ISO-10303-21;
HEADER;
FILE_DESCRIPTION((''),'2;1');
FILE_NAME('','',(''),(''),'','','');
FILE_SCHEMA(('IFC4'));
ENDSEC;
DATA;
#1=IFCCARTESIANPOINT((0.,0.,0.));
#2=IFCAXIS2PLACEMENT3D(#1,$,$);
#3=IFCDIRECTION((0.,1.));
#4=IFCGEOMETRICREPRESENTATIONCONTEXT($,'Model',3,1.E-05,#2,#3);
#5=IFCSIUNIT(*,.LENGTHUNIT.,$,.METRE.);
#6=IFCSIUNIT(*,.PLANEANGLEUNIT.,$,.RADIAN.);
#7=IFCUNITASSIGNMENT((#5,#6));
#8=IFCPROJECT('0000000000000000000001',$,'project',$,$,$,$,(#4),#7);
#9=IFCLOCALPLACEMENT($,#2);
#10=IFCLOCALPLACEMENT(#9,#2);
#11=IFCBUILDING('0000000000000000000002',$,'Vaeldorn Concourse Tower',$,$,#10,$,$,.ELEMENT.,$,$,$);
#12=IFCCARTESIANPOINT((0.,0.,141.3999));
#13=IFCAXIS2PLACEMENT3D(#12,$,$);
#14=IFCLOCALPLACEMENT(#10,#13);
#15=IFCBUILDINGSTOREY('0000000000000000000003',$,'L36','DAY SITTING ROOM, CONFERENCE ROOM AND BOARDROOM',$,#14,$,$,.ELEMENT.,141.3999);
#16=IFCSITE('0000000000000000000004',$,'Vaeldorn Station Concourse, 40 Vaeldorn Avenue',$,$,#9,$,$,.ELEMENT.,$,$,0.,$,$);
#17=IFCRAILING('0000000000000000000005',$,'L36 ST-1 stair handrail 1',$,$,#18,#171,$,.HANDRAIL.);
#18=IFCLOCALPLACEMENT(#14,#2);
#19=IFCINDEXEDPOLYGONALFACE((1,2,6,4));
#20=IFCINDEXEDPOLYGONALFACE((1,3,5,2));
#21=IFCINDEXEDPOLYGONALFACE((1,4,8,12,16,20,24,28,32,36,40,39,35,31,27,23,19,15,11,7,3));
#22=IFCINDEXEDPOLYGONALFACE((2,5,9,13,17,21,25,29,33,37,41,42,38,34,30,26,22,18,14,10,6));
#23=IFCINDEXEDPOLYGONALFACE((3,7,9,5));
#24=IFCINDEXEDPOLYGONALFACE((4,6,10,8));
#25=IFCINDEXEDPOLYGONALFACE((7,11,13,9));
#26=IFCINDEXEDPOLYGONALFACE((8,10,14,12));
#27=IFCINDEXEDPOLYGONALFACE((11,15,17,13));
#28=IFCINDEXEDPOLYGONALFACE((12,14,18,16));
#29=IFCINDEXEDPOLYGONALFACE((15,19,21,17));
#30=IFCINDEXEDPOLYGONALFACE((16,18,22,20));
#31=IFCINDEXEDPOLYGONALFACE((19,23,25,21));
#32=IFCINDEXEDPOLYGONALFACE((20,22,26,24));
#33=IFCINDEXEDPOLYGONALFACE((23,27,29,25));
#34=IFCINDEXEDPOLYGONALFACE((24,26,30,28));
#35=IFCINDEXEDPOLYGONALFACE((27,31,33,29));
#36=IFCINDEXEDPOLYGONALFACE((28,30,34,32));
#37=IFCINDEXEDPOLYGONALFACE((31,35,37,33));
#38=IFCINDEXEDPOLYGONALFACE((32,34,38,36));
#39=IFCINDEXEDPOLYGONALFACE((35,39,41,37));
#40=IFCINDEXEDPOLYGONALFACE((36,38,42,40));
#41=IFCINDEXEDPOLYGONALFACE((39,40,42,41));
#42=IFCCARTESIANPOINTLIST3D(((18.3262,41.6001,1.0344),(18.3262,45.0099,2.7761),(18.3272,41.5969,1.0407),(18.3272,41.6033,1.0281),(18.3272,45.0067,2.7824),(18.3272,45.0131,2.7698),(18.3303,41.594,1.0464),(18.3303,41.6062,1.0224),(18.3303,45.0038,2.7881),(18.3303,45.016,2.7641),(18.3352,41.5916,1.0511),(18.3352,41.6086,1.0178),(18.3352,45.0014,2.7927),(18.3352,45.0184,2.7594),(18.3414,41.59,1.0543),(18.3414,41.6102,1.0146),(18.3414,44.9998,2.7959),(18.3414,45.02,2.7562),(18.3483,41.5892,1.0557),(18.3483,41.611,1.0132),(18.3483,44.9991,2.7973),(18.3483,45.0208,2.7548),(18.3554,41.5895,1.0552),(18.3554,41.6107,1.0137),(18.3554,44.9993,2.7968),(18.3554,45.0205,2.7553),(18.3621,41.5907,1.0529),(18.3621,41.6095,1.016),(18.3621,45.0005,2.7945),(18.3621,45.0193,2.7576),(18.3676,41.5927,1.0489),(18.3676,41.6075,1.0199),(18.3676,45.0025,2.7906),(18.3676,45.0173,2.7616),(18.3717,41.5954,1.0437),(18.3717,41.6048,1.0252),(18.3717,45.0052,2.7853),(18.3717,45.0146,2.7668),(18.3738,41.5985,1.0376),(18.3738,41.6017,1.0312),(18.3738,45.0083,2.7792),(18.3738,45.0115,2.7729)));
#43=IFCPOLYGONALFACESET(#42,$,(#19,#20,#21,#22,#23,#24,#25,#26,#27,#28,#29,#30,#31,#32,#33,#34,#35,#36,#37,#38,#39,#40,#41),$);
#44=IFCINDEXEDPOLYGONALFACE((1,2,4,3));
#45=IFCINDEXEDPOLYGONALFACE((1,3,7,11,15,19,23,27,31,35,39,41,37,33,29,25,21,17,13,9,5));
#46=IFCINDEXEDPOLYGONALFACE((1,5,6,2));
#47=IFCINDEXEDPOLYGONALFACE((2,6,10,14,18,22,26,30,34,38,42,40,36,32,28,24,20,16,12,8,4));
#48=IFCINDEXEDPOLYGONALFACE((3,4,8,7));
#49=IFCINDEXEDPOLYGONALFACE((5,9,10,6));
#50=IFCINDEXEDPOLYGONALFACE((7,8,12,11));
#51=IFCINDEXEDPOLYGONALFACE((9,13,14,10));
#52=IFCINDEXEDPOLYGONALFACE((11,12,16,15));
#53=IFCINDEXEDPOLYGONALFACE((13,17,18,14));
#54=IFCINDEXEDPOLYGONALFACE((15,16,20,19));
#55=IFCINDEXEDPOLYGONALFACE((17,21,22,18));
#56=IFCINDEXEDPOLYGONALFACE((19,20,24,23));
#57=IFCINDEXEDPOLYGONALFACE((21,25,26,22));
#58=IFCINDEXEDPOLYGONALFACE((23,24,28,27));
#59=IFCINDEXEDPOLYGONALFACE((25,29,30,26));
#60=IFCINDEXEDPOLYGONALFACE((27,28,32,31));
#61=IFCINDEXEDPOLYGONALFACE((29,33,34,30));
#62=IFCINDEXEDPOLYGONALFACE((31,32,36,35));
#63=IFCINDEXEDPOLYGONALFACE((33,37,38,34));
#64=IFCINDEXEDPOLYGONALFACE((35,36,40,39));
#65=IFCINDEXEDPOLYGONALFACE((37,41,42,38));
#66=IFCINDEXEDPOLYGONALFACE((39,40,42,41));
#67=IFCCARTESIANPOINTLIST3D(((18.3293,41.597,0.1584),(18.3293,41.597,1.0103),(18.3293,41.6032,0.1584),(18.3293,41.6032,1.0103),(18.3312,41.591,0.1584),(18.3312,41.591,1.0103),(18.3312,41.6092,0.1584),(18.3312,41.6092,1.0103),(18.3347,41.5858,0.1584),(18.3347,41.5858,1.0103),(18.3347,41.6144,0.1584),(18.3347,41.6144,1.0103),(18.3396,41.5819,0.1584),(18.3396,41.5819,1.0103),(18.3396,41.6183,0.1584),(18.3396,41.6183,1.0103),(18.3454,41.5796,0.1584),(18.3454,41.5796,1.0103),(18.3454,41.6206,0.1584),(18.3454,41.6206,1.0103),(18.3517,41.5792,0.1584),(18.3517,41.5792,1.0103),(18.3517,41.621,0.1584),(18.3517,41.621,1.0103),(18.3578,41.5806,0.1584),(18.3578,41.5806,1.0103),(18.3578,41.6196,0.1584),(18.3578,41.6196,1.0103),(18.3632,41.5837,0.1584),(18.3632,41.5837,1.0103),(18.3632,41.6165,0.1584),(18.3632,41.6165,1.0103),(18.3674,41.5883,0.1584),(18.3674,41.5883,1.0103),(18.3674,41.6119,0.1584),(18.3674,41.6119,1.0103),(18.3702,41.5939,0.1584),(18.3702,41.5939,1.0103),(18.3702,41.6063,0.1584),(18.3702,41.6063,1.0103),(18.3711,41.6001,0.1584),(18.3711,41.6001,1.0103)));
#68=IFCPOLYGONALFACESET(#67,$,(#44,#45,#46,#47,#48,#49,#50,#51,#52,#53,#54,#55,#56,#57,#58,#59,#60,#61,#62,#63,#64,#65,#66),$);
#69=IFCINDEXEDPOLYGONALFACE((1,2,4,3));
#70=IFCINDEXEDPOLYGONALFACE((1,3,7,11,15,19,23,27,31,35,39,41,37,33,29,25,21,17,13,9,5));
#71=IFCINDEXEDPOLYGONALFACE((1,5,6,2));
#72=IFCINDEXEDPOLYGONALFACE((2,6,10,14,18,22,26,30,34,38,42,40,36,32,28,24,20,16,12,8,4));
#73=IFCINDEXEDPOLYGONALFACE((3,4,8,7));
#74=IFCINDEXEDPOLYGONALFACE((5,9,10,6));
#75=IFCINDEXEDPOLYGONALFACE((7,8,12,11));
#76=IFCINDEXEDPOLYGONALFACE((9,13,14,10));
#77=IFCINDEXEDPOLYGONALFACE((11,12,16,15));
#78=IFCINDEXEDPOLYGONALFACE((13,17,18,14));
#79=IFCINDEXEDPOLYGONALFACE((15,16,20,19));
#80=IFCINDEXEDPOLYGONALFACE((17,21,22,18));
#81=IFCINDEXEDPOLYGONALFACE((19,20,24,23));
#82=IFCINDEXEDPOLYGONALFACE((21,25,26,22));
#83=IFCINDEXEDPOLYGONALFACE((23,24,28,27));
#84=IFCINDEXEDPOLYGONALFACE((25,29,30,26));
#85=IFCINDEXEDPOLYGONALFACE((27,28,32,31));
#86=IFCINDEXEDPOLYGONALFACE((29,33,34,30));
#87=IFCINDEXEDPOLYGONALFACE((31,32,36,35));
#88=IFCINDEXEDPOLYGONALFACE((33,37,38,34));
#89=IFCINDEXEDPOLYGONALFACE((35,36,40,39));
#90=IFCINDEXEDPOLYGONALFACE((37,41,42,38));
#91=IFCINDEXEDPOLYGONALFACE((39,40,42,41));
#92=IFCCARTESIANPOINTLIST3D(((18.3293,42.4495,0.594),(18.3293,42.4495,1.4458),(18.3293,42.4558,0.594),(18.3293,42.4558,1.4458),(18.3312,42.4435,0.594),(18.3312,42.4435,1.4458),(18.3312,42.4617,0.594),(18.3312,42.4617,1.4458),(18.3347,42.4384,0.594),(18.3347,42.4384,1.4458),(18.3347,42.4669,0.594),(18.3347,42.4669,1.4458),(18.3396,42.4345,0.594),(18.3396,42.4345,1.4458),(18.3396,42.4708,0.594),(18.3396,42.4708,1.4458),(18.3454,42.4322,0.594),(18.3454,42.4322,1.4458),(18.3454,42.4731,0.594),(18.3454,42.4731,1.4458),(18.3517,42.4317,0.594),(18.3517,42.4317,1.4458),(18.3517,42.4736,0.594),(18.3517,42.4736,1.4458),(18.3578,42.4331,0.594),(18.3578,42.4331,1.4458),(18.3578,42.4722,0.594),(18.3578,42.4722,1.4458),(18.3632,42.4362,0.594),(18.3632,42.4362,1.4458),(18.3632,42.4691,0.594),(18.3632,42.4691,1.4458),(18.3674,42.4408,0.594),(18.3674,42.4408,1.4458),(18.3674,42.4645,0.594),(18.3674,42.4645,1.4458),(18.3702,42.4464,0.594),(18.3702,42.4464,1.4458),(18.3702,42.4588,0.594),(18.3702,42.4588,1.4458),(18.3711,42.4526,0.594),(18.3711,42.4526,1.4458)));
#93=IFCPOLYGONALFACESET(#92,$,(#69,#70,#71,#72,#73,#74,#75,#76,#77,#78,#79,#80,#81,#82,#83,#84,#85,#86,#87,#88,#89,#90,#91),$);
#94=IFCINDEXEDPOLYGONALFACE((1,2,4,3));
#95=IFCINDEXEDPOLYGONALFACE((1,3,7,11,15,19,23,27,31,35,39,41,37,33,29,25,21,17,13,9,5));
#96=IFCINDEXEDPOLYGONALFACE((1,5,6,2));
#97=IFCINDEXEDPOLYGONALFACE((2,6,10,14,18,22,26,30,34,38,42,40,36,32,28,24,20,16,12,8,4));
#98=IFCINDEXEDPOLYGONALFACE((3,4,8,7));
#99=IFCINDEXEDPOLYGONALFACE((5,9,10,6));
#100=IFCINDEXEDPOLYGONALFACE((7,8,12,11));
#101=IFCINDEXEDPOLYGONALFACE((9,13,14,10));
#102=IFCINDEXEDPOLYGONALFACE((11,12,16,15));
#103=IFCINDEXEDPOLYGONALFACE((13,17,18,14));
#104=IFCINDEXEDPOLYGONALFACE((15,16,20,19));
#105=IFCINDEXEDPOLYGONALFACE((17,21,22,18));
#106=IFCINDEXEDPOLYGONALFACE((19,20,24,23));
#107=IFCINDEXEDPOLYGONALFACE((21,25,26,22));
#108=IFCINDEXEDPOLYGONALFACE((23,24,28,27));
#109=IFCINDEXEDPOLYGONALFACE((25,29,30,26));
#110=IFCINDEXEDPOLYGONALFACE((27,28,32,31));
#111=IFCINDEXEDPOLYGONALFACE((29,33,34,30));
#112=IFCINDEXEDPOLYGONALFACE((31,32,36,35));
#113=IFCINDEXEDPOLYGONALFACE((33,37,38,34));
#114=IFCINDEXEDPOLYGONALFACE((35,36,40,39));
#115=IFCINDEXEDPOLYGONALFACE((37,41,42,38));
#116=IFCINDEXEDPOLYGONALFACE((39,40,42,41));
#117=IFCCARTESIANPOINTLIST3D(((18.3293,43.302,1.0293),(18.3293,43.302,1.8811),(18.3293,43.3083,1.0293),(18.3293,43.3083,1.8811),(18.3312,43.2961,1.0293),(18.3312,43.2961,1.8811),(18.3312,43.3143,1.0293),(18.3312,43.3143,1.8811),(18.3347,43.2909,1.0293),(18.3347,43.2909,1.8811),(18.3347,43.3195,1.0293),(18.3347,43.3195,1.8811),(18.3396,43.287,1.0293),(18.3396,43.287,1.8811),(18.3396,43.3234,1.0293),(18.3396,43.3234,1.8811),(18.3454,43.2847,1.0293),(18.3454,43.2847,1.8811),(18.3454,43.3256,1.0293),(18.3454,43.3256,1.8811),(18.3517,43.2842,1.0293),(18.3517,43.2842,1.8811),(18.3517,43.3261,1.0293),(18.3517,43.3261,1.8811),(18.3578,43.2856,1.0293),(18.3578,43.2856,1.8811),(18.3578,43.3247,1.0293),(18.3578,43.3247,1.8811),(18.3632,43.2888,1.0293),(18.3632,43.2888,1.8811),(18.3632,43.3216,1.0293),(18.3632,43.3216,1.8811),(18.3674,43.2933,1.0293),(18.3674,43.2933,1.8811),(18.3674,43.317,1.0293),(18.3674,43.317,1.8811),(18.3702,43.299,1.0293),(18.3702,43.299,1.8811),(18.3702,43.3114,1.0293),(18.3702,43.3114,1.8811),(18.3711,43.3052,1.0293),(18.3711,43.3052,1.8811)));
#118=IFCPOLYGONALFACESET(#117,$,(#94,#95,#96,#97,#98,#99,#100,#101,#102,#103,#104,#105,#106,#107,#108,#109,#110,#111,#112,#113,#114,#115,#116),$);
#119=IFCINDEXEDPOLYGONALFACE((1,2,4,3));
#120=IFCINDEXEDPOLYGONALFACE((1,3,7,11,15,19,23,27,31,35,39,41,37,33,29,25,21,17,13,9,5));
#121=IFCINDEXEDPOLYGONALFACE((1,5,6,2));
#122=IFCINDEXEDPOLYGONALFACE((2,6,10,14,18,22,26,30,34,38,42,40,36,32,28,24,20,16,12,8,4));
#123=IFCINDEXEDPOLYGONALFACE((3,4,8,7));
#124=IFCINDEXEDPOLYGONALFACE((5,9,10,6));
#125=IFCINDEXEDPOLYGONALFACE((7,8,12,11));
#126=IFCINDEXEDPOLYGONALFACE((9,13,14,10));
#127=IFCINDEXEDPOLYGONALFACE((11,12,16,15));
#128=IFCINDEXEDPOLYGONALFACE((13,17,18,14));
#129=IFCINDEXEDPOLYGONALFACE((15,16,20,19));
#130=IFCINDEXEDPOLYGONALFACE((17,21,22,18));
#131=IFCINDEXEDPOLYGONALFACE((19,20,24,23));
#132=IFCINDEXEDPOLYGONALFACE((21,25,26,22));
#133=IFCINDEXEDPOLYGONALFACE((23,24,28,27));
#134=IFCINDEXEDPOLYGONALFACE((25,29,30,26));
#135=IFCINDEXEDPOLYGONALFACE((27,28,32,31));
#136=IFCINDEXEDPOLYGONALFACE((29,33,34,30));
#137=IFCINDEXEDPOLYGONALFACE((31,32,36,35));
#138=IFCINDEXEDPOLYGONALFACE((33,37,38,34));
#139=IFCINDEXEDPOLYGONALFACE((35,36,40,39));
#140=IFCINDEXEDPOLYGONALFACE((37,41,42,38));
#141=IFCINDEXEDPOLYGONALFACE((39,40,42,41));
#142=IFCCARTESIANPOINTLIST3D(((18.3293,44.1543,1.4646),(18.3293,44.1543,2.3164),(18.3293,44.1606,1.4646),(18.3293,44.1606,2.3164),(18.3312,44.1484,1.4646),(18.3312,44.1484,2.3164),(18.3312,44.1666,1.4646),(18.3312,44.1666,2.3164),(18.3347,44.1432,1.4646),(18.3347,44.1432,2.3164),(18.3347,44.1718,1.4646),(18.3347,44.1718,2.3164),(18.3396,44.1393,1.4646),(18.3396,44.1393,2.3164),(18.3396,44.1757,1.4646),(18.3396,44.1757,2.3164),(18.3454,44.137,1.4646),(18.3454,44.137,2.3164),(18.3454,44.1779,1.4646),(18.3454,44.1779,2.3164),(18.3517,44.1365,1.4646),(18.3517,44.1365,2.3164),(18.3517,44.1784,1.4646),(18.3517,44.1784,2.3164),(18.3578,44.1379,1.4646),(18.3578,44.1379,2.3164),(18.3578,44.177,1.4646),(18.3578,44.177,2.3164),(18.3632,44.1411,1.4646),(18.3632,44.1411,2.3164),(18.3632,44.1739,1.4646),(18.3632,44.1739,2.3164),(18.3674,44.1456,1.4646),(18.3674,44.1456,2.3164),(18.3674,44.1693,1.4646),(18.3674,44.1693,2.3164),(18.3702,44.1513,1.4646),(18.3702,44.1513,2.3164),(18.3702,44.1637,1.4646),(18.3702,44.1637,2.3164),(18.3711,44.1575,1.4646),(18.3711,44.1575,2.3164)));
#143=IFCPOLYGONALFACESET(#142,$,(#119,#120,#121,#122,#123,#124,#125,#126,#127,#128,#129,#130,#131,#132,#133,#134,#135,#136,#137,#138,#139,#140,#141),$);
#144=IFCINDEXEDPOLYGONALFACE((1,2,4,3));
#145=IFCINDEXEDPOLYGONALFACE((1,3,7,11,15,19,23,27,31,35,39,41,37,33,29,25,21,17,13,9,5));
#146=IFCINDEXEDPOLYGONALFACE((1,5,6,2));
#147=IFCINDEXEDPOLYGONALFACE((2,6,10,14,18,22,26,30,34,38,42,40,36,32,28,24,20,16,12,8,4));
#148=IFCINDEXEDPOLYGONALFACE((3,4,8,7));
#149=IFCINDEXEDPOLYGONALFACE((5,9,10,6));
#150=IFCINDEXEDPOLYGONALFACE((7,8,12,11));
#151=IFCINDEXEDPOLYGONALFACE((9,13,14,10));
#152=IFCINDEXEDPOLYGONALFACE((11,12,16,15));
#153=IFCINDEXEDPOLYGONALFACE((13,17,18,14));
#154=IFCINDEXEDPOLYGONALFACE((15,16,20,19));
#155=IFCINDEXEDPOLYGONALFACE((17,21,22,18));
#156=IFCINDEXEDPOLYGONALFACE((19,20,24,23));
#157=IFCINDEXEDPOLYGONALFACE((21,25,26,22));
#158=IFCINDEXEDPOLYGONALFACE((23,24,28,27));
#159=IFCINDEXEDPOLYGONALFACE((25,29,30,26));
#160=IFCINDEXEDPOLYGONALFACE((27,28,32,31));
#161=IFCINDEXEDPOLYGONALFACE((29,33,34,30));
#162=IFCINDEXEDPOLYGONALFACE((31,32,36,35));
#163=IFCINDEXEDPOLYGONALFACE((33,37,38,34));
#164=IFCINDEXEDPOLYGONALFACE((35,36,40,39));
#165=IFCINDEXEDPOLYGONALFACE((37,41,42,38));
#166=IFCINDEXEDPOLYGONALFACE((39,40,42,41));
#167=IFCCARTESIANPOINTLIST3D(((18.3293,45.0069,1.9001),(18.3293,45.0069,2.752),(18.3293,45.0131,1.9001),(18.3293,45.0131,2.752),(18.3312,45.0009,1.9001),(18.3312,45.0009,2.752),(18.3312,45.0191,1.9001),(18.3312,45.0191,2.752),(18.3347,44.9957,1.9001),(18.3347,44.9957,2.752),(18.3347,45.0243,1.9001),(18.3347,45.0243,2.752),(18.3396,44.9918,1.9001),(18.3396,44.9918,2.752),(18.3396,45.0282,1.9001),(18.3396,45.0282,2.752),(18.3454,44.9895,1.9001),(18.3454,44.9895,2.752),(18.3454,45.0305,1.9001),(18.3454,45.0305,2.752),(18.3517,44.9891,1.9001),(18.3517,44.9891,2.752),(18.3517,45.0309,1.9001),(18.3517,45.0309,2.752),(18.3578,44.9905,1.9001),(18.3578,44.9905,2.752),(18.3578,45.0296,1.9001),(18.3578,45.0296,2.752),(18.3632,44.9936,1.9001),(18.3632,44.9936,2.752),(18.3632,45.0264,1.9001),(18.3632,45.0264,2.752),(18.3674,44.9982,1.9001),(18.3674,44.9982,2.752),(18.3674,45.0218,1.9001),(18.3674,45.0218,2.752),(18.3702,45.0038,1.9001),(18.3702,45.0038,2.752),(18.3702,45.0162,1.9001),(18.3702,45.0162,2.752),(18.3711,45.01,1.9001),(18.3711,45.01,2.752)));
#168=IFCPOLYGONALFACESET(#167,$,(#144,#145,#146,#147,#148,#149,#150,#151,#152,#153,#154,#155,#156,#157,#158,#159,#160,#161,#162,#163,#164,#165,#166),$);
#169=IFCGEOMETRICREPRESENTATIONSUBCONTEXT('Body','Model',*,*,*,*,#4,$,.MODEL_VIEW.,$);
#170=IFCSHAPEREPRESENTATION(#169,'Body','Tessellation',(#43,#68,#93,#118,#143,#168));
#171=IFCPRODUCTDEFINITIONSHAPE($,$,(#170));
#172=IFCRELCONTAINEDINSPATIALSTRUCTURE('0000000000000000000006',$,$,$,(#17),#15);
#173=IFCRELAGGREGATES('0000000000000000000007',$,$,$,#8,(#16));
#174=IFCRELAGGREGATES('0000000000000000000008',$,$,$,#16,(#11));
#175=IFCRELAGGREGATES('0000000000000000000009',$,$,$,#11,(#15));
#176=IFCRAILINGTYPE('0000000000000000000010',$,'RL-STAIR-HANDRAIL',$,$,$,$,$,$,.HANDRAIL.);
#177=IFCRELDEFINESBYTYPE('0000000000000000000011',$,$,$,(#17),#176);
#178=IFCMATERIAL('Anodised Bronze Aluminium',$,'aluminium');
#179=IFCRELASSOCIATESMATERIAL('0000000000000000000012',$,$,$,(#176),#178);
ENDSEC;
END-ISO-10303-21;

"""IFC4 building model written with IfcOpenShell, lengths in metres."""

from ifc_helpers import new_model, si_unit, direction, frame, origin, origin_2d, place, context, subcontext, project, spatial, circle, extrude, material, type_object, element, save


model = new_model("IFC4")

# Units and contexts
model_context = context("Model", 3, precision=1e-05, world=origin(), true_north=direction((0.0, 1.0)))
body_context = subcontext(model_context, "Body", "Model", "MODEL_VIEW")
ifc_project = project(units=[si_unit("LENGTHUNIT", "METRE"), si_unit("PLANEANGLEUNIT", "RADIAN")], contexts=[model_context])

# Site, building, storey
site_placement = place(None, origin())
site = spatial("IfcSite", under=ifc_project, at=site_placement, Name="Vaeldorn Station Concourse, 40 Vaeldorn Avenue", CompositionType="ELEMENT", RefElevation=0.0)
building_placement = place(site_placement, origin())
building = spatial("IfcBuilding", under=site, at=building_placement, Name="Vaeldorn Concourse Tower", CompositionType="ELEMENT")
storey_placement = place(building_placement, frame((0.0, 0.0, 141.3999)))
storey = spatial("IfcBuildingStorey", under=building, at=storey_placement, Name="L36", Description="DAY SITTING ROOM, CONFERENCE ROOM AND BOARDROOM", CompositionType="ELEMENT", Elevation=141.3999)

# Shared definitions
ifc_material_1 = material(Name="Anodised Bronze Aluminium", Category="aluminium")

# Railing
railing_type_1 = type_object("IfcRailingType", Name="RL-STAIR-HANDRAIL", PredefinedType="HANDRAIL", material=ifc_material_1)
railing_1_placement = place(storey_placement, frame((18.3501, 41.6001, 0.1584)))
element("IfcRailing", 1, at=railing_1_placement, inside=storey, type_object=railing_type_1, Name="L36 ST-1 stair handrail 1", PredefinedType="HANDRAIL", context=body_context, shape_type="SweptSolid", body=[
    extrude(circle(Radius=0.0239, at=origin_2d()), frame((0.0, 0.0, 0.876), z_axis=(0.0, 0.890556, 0.454874), x_axis=(-1.0, 0.0, 0.0)), (0.0, 0.0, 1.0), 3.8289),
    extrude(circle(Radius=0.021, at=origin_2d()), origin(), (0.0, 0.0, 1.0), 0.8518),
    extrude(circle(Radius=0.021, at=origin_2d()), frame((0.0, 0.8525, 0.4355)), (0.0, 0.0, 1.0), 0.8518),
    extrude(circle(Radius=0.021, at=origin_2d()), frame((0.0, 1.7051, 0.8708)), (0.0, 0.0, 1.0), 0.8518),
    extrude(circle(Radius=0.021, at=origin_2d()), frame((0.0, 2.5574, 1.3062)), (0.0, 0.0, 1.0), 0.8518),
    extrude(circle(Radius=0.021, at=origin_2d()), frame((0.0, 3.4099, 1.7417)), (0.0, 0.0, 1.0), 0.8518),
])

save(model, "model.ifc")
